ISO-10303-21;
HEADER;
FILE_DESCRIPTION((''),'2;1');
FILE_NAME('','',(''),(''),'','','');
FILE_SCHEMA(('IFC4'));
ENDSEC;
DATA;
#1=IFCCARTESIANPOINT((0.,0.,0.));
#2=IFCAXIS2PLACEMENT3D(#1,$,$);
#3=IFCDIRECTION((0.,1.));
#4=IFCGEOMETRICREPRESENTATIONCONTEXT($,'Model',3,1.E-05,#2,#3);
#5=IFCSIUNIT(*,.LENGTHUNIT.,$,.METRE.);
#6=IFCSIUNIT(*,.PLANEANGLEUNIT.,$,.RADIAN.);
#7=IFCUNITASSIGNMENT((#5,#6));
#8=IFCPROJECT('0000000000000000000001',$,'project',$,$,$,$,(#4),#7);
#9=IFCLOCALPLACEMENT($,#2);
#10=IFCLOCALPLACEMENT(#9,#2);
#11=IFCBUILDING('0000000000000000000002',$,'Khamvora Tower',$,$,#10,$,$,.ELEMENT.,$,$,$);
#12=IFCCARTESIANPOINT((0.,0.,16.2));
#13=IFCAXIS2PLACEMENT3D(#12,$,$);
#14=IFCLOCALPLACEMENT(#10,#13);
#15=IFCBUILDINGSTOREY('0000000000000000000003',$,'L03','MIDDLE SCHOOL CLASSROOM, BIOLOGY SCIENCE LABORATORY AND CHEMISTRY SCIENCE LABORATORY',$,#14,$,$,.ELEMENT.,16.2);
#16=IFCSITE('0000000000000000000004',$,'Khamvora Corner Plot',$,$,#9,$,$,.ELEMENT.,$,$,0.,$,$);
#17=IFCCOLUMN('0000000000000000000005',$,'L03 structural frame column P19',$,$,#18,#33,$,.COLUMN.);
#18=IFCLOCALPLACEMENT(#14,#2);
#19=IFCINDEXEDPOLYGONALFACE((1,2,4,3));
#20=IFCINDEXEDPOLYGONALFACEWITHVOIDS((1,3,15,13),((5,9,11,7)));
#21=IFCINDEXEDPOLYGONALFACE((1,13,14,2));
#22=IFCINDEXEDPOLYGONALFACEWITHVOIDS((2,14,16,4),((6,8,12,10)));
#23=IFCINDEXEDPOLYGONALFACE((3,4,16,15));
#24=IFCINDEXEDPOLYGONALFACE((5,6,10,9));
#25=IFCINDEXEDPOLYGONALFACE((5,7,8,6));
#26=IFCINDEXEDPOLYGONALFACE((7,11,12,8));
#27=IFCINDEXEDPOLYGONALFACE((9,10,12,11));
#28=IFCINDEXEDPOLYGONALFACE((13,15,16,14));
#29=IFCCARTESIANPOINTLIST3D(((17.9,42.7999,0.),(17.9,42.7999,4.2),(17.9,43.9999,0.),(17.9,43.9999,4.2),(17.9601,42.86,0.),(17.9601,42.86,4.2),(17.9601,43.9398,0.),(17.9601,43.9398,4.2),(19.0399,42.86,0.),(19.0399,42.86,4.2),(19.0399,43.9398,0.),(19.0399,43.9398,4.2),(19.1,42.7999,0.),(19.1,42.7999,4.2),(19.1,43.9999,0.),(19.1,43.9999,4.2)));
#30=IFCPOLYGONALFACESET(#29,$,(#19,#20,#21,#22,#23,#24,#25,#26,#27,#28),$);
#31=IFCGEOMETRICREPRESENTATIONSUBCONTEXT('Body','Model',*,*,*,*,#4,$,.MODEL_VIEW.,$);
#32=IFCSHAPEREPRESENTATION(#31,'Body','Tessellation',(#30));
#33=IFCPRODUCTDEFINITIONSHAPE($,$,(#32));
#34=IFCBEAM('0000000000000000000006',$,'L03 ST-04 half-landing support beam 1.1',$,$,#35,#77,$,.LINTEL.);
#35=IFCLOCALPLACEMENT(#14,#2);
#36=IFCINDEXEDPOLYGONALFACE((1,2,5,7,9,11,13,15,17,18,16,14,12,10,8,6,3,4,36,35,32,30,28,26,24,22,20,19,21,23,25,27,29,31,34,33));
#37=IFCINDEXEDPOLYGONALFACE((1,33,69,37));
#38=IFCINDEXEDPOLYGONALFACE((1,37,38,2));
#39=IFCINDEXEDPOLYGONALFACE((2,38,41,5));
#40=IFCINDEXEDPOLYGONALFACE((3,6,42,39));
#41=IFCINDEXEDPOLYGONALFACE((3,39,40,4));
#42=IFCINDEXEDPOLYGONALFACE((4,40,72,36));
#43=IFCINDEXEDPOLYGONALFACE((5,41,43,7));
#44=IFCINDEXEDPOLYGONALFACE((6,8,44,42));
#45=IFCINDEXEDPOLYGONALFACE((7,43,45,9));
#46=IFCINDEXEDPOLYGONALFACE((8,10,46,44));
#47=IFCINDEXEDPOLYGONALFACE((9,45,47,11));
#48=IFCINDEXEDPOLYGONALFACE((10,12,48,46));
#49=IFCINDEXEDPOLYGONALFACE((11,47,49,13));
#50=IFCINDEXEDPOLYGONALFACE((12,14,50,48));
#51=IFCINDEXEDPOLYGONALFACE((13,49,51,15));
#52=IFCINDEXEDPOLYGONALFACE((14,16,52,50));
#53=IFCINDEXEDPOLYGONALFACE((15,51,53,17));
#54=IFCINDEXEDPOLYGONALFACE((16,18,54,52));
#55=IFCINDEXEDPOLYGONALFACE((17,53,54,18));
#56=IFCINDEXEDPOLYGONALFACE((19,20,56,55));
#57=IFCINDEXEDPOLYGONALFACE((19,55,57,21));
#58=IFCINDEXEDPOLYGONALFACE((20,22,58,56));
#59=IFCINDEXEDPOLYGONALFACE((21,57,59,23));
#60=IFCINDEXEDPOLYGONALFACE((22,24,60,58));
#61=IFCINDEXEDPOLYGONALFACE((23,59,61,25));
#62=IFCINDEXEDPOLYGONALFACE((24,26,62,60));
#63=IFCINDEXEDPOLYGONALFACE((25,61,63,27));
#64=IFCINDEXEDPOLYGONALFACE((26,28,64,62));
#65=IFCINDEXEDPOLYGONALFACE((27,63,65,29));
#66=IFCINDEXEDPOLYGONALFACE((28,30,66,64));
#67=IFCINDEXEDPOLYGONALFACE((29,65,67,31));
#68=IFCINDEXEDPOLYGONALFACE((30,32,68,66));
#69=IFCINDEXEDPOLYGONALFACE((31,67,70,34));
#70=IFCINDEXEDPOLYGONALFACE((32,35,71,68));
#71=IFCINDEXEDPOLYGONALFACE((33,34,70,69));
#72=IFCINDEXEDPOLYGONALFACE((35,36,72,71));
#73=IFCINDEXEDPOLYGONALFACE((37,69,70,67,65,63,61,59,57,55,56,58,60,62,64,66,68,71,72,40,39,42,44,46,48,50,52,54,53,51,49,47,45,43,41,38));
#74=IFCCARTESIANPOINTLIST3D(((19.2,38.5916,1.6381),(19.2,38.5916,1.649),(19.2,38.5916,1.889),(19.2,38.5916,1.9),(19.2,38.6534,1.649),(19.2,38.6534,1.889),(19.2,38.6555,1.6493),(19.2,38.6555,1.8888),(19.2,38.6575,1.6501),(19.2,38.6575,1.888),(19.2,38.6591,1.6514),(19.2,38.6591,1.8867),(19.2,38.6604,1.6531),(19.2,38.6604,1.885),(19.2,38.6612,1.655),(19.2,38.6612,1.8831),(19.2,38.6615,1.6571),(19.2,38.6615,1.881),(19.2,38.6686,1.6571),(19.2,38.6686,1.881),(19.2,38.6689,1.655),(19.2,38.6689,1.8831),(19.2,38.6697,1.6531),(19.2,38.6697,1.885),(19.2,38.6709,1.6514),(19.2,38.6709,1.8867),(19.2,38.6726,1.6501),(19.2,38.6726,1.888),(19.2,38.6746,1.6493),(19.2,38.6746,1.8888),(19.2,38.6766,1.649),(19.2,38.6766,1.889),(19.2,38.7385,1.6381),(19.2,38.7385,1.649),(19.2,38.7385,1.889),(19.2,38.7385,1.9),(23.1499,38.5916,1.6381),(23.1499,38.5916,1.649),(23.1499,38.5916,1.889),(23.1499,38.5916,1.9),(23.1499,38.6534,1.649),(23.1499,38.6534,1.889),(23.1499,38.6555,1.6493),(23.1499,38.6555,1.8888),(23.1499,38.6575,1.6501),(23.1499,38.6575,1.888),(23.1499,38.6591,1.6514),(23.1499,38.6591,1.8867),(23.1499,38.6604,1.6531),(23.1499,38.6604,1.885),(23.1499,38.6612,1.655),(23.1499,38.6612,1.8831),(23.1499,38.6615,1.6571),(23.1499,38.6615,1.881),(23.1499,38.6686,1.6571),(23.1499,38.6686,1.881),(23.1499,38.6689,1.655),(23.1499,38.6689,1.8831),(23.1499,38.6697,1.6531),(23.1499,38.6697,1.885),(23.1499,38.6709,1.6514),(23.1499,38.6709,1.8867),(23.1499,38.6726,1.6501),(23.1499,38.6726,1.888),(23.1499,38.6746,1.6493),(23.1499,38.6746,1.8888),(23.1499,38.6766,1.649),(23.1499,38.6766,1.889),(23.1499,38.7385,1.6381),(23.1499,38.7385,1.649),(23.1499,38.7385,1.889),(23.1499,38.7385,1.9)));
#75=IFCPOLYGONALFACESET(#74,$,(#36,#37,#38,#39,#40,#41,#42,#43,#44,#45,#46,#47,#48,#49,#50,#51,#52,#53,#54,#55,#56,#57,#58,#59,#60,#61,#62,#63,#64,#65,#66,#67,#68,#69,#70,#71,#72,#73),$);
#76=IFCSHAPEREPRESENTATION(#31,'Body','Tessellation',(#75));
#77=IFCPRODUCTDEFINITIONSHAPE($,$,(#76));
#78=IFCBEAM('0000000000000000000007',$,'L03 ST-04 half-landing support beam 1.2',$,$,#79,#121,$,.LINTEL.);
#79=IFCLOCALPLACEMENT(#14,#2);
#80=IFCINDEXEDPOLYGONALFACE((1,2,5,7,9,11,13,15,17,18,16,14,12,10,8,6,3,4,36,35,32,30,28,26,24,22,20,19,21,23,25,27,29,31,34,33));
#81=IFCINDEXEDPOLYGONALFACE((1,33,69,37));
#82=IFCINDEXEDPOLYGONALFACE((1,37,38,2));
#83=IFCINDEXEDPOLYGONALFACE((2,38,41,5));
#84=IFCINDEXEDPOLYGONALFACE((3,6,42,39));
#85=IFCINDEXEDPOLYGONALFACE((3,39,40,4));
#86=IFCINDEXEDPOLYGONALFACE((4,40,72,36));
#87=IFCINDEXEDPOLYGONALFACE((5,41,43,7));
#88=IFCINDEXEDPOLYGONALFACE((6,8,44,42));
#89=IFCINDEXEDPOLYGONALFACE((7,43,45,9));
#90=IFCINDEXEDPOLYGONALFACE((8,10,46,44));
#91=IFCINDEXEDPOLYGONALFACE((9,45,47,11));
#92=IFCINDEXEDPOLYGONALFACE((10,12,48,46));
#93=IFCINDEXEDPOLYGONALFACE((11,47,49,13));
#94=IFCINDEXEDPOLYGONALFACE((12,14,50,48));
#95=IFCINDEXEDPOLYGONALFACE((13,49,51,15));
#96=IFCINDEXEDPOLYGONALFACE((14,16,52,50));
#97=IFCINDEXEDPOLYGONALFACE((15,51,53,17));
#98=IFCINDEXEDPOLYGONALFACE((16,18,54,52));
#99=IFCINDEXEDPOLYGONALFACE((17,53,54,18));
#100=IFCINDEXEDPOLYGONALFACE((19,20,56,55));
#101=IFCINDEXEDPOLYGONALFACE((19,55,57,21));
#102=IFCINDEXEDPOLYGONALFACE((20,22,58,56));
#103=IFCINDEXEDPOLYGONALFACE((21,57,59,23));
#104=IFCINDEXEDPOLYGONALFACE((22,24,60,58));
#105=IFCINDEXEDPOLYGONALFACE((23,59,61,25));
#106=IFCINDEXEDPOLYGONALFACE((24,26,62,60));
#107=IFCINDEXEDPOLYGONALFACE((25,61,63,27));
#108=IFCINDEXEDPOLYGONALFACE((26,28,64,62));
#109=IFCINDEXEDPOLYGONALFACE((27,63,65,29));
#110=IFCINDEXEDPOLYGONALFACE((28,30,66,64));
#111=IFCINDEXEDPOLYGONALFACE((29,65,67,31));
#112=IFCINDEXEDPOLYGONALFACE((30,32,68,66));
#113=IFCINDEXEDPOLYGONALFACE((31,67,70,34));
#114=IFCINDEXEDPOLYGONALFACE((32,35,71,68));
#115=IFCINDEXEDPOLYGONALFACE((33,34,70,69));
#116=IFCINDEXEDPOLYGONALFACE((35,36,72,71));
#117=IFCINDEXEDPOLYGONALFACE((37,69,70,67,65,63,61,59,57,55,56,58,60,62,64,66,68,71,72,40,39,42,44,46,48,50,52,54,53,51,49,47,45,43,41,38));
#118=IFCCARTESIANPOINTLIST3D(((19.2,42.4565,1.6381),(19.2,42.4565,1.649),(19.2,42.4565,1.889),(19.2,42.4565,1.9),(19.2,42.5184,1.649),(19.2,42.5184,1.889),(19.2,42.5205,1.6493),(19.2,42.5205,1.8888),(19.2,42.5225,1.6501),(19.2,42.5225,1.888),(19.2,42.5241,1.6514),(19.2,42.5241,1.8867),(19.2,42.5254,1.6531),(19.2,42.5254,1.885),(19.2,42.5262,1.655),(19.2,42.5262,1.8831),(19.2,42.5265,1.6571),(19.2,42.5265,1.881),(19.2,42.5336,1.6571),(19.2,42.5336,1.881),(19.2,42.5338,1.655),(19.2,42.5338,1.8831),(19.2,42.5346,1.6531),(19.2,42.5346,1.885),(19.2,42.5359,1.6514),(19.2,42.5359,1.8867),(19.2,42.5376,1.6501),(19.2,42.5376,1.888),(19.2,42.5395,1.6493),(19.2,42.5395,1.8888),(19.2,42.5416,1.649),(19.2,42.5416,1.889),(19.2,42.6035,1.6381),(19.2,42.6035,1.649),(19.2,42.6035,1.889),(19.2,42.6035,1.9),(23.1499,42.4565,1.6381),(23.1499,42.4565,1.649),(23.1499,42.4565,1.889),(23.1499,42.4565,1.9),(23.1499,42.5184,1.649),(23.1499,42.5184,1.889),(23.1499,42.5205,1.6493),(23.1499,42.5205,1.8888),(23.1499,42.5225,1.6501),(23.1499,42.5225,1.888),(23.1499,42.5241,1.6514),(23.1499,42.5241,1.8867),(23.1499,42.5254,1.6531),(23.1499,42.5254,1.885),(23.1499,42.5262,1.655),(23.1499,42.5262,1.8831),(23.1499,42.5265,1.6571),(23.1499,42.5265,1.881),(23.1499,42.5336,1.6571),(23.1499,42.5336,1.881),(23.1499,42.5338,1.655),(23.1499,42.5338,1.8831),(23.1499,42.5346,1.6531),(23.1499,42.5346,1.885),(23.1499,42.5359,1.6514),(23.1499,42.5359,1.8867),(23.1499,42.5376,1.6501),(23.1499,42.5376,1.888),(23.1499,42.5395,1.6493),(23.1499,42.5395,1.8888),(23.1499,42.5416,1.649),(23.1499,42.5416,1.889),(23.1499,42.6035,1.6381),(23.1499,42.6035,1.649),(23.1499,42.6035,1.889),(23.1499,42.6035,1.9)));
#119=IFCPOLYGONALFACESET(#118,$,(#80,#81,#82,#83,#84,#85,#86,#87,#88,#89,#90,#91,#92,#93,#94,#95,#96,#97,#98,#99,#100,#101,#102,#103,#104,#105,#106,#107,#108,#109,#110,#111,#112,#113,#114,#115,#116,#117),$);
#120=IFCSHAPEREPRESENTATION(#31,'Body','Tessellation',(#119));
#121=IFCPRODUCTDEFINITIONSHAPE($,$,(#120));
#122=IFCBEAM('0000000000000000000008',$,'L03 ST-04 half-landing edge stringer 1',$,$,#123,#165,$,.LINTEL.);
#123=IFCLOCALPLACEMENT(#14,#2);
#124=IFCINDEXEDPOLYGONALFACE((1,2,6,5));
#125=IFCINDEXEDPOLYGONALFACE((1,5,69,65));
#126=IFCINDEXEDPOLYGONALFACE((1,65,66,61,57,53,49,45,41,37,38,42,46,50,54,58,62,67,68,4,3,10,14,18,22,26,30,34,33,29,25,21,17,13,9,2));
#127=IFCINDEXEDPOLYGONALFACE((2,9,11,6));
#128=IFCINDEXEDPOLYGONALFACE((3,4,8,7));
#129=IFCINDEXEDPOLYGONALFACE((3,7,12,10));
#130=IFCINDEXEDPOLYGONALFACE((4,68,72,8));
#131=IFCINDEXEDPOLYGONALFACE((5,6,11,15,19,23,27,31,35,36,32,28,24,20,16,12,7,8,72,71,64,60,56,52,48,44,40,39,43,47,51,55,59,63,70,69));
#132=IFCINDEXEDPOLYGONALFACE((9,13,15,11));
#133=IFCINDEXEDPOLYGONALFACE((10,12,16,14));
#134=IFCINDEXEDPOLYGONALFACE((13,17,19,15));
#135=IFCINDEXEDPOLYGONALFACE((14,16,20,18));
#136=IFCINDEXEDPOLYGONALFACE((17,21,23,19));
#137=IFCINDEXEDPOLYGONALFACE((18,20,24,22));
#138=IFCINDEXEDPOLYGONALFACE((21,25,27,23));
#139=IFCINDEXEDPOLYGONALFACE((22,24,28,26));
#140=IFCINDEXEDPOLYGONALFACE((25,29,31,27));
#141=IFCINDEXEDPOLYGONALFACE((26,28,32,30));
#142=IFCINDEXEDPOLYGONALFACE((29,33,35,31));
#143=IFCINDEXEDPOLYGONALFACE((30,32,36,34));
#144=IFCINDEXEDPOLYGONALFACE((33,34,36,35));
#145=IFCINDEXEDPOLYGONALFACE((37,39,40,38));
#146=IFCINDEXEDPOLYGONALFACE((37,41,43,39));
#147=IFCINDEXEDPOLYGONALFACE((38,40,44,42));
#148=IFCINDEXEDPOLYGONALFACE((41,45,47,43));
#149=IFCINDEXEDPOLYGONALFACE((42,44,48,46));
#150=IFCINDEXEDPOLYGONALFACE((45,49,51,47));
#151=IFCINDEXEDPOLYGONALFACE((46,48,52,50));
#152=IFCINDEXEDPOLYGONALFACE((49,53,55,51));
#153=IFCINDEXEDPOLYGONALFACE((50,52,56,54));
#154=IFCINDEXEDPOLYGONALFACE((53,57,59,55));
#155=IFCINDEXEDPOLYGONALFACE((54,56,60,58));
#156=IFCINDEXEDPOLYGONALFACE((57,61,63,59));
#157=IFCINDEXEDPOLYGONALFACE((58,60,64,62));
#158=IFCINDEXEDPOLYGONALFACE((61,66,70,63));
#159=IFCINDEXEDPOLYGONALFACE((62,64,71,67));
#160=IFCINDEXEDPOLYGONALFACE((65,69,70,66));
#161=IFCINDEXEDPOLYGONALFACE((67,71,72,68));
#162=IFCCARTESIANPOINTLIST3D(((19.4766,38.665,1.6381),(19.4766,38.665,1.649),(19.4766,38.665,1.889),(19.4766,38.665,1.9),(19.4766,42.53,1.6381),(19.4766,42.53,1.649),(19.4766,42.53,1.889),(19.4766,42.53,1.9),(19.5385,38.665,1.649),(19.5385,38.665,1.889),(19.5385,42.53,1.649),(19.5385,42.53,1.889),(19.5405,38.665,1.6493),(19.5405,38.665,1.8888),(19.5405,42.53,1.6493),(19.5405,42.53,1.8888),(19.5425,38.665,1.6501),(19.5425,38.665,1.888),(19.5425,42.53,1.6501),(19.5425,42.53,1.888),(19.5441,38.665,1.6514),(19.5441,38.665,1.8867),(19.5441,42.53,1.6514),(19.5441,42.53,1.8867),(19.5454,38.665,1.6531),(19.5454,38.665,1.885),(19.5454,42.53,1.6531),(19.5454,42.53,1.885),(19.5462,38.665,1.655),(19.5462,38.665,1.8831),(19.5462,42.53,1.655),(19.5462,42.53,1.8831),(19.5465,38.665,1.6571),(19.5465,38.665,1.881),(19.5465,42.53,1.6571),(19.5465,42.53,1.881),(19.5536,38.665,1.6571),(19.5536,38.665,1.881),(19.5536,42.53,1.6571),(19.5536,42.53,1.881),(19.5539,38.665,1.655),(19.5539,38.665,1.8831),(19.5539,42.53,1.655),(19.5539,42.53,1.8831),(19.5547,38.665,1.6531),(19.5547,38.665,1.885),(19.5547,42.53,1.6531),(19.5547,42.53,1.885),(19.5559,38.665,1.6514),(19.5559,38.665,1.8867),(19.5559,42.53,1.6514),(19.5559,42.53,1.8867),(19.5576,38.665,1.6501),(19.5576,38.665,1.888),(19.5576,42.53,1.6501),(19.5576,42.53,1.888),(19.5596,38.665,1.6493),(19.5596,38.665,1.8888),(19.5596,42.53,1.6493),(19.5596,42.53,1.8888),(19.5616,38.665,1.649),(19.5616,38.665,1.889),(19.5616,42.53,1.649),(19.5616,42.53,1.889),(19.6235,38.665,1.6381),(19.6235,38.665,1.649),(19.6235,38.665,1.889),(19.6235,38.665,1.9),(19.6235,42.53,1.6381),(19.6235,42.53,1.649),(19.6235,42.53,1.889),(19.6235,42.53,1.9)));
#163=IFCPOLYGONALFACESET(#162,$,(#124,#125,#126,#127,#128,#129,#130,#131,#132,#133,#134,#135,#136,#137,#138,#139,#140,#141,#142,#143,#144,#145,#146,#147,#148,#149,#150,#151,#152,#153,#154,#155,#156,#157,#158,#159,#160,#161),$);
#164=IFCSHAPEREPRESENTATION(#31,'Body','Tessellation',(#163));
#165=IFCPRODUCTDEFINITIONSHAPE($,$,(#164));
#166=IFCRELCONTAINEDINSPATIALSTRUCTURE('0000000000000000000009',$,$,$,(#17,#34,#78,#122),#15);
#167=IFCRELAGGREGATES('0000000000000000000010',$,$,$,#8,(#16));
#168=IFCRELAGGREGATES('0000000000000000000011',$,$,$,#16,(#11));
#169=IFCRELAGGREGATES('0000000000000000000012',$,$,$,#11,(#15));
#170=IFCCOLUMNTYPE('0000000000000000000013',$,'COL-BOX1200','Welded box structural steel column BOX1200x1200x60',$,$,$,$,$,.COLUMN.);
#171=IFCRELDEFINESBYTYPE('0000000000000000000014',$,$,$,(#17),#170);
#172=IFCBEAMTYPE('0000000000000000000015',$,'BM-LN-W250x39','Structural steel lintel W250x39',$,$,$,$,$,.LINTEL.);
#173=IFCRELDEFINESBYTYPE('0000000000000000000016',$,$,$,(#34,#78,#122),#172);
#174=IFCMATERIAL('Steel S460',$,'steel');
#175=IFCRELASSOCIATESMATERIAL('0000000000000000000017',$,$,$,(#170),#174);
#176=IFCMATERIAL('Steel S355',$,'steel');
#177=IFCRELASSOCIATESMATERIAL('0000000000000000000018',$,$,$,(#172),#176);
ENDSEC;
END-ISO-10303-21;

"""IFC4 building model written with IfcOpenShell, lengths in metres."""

from ifc_helpers import new_model, si_unit, direction, frame, origin, origin_2d, place, context, subcontext, project, spatial, hollow_rectangle, i_section, extrude, material, material_profile, profile_set, type_object, element, save


model = new_model("IFC4")

# Units and contexts
model_context = context("Model", 3, precision=1e-05, world=origin(), true_north=direction((0.0, 1.0)))
body_context = subcontext(model_context, "Body", "Model", "MODEL_VIEW")
ifc_project = project(units=[si_unit("LENGTHUNIT", "METRE"), si_unit("PLANEANGLEUNIT", "RADIAN")], contexts=[model_context])

# Site, building, storey
site_placement = place(None, origin())
site = spatial("IfcSite", under=ifc_project, at=site_placement, Name="Khamvora Corner Plot", CompositionType="ELEMENT", RefElevation=0.0)
building_placement = place(site_placement, origin())
building = spatial("IfcBuilding", under=site, at=building_placement, Name="Khamvora Tower", CompositionType="ELEMENT")
storey_placement = place(building_placement, frame((0.0, 0.0, 16.2)))
storey = spatial("IfcBuildingStorey", under=building, at=storey_placement, Name="L03", Description="MIDDLE SCHOOL CLASSROOM, BIOLOGY SCIENCE LABORATORY AND CHEMISTRY SCIENCE LABORATORY", CompositionType="ELEMENT", Elevation=16.2)

# Column
ifc_material_1 = material(Name="Steel S460", Category="steel")
ifc_material_profile_1 = material_profile(ifc_material_1, hollow_rectangle(XDim=1.2, YDim=1.2, WallThickness=0.0601, at=origin_2d()), Name="BOX1200x1200x60")
ifc_profile_set_1 = profile_set([ifc_material_profile_1], Name="Steel S460")
column_type = type_object("IfcColumnType", Name="COL-BOX1200", Description="Welded box structural steel column BOX1200x1200x60", PredefinedType="COLUMN", material=ifc_profile_set_1)
column_placement = place(storey_placement, frame((18.5, 43.3999, 0.0), z_axis=(0.0, 0.0, 1.0), x_axis=(1.0, 0.0, 0.0)))
element("IfcColumn", 1, at=column_placement, inside=storey, type_object=column_type, Name="L03 structural frame column P19", PredefinedType="COLUMN", context=body_context, shape_type="SweptSolid", body=[
    extrude(hollow_rectangle(XDim=1.2, YDim=1.2, WallThickness=0.0601, at=origin_2d()), origin(), (0.0, 0.0, 1.0), 4.2),
])

# Beams
ifc_material_2 = material(Name="Steel S355", Category="steel")
ifc_material_profile_2 = material_profile(ifc_material_2, i_section(OverallWidth=0.147, OverallDepth=0.262, WebThickness=0.0071, FlangeThickness=0.011, FilletRadius=0.0081, at=origin_2d()), Name="W250x39")
ifc_profile_set_2 = profile_set([ifc_material_profile_2], Name="Steel S355")
beam_type_1 = type_object("IfcBeamType", Name="BM-LN-W250x39", Description="Structural steel lintel W250x39", PredefinedType="LINTEL", material=ifc_profile_set_2)
for number, where, z_axis, x_axis, name in (
    (2, (19.2, 38.665, 1.769), (1.0, 0.0, 0.0), (0.0, 1.0, 0.0), "L03 ST-04 half-landing support beam 1.1"),
    (3, (19.2, 42.53, 1.769), (1.0, 0.0, 0.0), (0.0, 1.0, 0.0), "L03 ST-04 half-landing support beam 1.2"),
):
    element("IfcBeam", number, at=place(storey_placement, frame(where, z_axis=z_axis, x_axis=x_axis)), inside=storey, type_object=beam_type_1, Name=name, PredefinedType="LINTEL", context=body_context, shape_type="SweptSolid", body=[
        extrude(i_section(OverallWidth=0.147, OverallDepth=0.262, WebThickness=0.0071, FlangeThickness=0.011, FilletRadius=0.0081, at=origin_2d()), origin(), (0.0, 0.0, 1.0), 3.95),
    ])
beam_1_placement = place(storey_placement, frame((19.55, 38.665, 1.769), z_axis=(0.0, 1.0, 0.0), x_axis=(-1.0, 0.0, 0.0)))
element("IfcBeam", 4, at=beam_1_placement, inside=storey, type_object=beam_type_1, Name="L03 ST-04 half-landing edge stringer 1", PredefinedType="LINTEL", context=body_context, shape_type="SweptSolid", body=[
    extrude(i_section(OverallWidth=0.147, OverallDepth=0.262, WebThickness=0.0071, FlangeThickness=0.011, FilletRadius=0.0081, at=origin_2d()), origin(), (0.0, 0.0, 1.0), 3.865),
])

save(model, "model.ifc")
